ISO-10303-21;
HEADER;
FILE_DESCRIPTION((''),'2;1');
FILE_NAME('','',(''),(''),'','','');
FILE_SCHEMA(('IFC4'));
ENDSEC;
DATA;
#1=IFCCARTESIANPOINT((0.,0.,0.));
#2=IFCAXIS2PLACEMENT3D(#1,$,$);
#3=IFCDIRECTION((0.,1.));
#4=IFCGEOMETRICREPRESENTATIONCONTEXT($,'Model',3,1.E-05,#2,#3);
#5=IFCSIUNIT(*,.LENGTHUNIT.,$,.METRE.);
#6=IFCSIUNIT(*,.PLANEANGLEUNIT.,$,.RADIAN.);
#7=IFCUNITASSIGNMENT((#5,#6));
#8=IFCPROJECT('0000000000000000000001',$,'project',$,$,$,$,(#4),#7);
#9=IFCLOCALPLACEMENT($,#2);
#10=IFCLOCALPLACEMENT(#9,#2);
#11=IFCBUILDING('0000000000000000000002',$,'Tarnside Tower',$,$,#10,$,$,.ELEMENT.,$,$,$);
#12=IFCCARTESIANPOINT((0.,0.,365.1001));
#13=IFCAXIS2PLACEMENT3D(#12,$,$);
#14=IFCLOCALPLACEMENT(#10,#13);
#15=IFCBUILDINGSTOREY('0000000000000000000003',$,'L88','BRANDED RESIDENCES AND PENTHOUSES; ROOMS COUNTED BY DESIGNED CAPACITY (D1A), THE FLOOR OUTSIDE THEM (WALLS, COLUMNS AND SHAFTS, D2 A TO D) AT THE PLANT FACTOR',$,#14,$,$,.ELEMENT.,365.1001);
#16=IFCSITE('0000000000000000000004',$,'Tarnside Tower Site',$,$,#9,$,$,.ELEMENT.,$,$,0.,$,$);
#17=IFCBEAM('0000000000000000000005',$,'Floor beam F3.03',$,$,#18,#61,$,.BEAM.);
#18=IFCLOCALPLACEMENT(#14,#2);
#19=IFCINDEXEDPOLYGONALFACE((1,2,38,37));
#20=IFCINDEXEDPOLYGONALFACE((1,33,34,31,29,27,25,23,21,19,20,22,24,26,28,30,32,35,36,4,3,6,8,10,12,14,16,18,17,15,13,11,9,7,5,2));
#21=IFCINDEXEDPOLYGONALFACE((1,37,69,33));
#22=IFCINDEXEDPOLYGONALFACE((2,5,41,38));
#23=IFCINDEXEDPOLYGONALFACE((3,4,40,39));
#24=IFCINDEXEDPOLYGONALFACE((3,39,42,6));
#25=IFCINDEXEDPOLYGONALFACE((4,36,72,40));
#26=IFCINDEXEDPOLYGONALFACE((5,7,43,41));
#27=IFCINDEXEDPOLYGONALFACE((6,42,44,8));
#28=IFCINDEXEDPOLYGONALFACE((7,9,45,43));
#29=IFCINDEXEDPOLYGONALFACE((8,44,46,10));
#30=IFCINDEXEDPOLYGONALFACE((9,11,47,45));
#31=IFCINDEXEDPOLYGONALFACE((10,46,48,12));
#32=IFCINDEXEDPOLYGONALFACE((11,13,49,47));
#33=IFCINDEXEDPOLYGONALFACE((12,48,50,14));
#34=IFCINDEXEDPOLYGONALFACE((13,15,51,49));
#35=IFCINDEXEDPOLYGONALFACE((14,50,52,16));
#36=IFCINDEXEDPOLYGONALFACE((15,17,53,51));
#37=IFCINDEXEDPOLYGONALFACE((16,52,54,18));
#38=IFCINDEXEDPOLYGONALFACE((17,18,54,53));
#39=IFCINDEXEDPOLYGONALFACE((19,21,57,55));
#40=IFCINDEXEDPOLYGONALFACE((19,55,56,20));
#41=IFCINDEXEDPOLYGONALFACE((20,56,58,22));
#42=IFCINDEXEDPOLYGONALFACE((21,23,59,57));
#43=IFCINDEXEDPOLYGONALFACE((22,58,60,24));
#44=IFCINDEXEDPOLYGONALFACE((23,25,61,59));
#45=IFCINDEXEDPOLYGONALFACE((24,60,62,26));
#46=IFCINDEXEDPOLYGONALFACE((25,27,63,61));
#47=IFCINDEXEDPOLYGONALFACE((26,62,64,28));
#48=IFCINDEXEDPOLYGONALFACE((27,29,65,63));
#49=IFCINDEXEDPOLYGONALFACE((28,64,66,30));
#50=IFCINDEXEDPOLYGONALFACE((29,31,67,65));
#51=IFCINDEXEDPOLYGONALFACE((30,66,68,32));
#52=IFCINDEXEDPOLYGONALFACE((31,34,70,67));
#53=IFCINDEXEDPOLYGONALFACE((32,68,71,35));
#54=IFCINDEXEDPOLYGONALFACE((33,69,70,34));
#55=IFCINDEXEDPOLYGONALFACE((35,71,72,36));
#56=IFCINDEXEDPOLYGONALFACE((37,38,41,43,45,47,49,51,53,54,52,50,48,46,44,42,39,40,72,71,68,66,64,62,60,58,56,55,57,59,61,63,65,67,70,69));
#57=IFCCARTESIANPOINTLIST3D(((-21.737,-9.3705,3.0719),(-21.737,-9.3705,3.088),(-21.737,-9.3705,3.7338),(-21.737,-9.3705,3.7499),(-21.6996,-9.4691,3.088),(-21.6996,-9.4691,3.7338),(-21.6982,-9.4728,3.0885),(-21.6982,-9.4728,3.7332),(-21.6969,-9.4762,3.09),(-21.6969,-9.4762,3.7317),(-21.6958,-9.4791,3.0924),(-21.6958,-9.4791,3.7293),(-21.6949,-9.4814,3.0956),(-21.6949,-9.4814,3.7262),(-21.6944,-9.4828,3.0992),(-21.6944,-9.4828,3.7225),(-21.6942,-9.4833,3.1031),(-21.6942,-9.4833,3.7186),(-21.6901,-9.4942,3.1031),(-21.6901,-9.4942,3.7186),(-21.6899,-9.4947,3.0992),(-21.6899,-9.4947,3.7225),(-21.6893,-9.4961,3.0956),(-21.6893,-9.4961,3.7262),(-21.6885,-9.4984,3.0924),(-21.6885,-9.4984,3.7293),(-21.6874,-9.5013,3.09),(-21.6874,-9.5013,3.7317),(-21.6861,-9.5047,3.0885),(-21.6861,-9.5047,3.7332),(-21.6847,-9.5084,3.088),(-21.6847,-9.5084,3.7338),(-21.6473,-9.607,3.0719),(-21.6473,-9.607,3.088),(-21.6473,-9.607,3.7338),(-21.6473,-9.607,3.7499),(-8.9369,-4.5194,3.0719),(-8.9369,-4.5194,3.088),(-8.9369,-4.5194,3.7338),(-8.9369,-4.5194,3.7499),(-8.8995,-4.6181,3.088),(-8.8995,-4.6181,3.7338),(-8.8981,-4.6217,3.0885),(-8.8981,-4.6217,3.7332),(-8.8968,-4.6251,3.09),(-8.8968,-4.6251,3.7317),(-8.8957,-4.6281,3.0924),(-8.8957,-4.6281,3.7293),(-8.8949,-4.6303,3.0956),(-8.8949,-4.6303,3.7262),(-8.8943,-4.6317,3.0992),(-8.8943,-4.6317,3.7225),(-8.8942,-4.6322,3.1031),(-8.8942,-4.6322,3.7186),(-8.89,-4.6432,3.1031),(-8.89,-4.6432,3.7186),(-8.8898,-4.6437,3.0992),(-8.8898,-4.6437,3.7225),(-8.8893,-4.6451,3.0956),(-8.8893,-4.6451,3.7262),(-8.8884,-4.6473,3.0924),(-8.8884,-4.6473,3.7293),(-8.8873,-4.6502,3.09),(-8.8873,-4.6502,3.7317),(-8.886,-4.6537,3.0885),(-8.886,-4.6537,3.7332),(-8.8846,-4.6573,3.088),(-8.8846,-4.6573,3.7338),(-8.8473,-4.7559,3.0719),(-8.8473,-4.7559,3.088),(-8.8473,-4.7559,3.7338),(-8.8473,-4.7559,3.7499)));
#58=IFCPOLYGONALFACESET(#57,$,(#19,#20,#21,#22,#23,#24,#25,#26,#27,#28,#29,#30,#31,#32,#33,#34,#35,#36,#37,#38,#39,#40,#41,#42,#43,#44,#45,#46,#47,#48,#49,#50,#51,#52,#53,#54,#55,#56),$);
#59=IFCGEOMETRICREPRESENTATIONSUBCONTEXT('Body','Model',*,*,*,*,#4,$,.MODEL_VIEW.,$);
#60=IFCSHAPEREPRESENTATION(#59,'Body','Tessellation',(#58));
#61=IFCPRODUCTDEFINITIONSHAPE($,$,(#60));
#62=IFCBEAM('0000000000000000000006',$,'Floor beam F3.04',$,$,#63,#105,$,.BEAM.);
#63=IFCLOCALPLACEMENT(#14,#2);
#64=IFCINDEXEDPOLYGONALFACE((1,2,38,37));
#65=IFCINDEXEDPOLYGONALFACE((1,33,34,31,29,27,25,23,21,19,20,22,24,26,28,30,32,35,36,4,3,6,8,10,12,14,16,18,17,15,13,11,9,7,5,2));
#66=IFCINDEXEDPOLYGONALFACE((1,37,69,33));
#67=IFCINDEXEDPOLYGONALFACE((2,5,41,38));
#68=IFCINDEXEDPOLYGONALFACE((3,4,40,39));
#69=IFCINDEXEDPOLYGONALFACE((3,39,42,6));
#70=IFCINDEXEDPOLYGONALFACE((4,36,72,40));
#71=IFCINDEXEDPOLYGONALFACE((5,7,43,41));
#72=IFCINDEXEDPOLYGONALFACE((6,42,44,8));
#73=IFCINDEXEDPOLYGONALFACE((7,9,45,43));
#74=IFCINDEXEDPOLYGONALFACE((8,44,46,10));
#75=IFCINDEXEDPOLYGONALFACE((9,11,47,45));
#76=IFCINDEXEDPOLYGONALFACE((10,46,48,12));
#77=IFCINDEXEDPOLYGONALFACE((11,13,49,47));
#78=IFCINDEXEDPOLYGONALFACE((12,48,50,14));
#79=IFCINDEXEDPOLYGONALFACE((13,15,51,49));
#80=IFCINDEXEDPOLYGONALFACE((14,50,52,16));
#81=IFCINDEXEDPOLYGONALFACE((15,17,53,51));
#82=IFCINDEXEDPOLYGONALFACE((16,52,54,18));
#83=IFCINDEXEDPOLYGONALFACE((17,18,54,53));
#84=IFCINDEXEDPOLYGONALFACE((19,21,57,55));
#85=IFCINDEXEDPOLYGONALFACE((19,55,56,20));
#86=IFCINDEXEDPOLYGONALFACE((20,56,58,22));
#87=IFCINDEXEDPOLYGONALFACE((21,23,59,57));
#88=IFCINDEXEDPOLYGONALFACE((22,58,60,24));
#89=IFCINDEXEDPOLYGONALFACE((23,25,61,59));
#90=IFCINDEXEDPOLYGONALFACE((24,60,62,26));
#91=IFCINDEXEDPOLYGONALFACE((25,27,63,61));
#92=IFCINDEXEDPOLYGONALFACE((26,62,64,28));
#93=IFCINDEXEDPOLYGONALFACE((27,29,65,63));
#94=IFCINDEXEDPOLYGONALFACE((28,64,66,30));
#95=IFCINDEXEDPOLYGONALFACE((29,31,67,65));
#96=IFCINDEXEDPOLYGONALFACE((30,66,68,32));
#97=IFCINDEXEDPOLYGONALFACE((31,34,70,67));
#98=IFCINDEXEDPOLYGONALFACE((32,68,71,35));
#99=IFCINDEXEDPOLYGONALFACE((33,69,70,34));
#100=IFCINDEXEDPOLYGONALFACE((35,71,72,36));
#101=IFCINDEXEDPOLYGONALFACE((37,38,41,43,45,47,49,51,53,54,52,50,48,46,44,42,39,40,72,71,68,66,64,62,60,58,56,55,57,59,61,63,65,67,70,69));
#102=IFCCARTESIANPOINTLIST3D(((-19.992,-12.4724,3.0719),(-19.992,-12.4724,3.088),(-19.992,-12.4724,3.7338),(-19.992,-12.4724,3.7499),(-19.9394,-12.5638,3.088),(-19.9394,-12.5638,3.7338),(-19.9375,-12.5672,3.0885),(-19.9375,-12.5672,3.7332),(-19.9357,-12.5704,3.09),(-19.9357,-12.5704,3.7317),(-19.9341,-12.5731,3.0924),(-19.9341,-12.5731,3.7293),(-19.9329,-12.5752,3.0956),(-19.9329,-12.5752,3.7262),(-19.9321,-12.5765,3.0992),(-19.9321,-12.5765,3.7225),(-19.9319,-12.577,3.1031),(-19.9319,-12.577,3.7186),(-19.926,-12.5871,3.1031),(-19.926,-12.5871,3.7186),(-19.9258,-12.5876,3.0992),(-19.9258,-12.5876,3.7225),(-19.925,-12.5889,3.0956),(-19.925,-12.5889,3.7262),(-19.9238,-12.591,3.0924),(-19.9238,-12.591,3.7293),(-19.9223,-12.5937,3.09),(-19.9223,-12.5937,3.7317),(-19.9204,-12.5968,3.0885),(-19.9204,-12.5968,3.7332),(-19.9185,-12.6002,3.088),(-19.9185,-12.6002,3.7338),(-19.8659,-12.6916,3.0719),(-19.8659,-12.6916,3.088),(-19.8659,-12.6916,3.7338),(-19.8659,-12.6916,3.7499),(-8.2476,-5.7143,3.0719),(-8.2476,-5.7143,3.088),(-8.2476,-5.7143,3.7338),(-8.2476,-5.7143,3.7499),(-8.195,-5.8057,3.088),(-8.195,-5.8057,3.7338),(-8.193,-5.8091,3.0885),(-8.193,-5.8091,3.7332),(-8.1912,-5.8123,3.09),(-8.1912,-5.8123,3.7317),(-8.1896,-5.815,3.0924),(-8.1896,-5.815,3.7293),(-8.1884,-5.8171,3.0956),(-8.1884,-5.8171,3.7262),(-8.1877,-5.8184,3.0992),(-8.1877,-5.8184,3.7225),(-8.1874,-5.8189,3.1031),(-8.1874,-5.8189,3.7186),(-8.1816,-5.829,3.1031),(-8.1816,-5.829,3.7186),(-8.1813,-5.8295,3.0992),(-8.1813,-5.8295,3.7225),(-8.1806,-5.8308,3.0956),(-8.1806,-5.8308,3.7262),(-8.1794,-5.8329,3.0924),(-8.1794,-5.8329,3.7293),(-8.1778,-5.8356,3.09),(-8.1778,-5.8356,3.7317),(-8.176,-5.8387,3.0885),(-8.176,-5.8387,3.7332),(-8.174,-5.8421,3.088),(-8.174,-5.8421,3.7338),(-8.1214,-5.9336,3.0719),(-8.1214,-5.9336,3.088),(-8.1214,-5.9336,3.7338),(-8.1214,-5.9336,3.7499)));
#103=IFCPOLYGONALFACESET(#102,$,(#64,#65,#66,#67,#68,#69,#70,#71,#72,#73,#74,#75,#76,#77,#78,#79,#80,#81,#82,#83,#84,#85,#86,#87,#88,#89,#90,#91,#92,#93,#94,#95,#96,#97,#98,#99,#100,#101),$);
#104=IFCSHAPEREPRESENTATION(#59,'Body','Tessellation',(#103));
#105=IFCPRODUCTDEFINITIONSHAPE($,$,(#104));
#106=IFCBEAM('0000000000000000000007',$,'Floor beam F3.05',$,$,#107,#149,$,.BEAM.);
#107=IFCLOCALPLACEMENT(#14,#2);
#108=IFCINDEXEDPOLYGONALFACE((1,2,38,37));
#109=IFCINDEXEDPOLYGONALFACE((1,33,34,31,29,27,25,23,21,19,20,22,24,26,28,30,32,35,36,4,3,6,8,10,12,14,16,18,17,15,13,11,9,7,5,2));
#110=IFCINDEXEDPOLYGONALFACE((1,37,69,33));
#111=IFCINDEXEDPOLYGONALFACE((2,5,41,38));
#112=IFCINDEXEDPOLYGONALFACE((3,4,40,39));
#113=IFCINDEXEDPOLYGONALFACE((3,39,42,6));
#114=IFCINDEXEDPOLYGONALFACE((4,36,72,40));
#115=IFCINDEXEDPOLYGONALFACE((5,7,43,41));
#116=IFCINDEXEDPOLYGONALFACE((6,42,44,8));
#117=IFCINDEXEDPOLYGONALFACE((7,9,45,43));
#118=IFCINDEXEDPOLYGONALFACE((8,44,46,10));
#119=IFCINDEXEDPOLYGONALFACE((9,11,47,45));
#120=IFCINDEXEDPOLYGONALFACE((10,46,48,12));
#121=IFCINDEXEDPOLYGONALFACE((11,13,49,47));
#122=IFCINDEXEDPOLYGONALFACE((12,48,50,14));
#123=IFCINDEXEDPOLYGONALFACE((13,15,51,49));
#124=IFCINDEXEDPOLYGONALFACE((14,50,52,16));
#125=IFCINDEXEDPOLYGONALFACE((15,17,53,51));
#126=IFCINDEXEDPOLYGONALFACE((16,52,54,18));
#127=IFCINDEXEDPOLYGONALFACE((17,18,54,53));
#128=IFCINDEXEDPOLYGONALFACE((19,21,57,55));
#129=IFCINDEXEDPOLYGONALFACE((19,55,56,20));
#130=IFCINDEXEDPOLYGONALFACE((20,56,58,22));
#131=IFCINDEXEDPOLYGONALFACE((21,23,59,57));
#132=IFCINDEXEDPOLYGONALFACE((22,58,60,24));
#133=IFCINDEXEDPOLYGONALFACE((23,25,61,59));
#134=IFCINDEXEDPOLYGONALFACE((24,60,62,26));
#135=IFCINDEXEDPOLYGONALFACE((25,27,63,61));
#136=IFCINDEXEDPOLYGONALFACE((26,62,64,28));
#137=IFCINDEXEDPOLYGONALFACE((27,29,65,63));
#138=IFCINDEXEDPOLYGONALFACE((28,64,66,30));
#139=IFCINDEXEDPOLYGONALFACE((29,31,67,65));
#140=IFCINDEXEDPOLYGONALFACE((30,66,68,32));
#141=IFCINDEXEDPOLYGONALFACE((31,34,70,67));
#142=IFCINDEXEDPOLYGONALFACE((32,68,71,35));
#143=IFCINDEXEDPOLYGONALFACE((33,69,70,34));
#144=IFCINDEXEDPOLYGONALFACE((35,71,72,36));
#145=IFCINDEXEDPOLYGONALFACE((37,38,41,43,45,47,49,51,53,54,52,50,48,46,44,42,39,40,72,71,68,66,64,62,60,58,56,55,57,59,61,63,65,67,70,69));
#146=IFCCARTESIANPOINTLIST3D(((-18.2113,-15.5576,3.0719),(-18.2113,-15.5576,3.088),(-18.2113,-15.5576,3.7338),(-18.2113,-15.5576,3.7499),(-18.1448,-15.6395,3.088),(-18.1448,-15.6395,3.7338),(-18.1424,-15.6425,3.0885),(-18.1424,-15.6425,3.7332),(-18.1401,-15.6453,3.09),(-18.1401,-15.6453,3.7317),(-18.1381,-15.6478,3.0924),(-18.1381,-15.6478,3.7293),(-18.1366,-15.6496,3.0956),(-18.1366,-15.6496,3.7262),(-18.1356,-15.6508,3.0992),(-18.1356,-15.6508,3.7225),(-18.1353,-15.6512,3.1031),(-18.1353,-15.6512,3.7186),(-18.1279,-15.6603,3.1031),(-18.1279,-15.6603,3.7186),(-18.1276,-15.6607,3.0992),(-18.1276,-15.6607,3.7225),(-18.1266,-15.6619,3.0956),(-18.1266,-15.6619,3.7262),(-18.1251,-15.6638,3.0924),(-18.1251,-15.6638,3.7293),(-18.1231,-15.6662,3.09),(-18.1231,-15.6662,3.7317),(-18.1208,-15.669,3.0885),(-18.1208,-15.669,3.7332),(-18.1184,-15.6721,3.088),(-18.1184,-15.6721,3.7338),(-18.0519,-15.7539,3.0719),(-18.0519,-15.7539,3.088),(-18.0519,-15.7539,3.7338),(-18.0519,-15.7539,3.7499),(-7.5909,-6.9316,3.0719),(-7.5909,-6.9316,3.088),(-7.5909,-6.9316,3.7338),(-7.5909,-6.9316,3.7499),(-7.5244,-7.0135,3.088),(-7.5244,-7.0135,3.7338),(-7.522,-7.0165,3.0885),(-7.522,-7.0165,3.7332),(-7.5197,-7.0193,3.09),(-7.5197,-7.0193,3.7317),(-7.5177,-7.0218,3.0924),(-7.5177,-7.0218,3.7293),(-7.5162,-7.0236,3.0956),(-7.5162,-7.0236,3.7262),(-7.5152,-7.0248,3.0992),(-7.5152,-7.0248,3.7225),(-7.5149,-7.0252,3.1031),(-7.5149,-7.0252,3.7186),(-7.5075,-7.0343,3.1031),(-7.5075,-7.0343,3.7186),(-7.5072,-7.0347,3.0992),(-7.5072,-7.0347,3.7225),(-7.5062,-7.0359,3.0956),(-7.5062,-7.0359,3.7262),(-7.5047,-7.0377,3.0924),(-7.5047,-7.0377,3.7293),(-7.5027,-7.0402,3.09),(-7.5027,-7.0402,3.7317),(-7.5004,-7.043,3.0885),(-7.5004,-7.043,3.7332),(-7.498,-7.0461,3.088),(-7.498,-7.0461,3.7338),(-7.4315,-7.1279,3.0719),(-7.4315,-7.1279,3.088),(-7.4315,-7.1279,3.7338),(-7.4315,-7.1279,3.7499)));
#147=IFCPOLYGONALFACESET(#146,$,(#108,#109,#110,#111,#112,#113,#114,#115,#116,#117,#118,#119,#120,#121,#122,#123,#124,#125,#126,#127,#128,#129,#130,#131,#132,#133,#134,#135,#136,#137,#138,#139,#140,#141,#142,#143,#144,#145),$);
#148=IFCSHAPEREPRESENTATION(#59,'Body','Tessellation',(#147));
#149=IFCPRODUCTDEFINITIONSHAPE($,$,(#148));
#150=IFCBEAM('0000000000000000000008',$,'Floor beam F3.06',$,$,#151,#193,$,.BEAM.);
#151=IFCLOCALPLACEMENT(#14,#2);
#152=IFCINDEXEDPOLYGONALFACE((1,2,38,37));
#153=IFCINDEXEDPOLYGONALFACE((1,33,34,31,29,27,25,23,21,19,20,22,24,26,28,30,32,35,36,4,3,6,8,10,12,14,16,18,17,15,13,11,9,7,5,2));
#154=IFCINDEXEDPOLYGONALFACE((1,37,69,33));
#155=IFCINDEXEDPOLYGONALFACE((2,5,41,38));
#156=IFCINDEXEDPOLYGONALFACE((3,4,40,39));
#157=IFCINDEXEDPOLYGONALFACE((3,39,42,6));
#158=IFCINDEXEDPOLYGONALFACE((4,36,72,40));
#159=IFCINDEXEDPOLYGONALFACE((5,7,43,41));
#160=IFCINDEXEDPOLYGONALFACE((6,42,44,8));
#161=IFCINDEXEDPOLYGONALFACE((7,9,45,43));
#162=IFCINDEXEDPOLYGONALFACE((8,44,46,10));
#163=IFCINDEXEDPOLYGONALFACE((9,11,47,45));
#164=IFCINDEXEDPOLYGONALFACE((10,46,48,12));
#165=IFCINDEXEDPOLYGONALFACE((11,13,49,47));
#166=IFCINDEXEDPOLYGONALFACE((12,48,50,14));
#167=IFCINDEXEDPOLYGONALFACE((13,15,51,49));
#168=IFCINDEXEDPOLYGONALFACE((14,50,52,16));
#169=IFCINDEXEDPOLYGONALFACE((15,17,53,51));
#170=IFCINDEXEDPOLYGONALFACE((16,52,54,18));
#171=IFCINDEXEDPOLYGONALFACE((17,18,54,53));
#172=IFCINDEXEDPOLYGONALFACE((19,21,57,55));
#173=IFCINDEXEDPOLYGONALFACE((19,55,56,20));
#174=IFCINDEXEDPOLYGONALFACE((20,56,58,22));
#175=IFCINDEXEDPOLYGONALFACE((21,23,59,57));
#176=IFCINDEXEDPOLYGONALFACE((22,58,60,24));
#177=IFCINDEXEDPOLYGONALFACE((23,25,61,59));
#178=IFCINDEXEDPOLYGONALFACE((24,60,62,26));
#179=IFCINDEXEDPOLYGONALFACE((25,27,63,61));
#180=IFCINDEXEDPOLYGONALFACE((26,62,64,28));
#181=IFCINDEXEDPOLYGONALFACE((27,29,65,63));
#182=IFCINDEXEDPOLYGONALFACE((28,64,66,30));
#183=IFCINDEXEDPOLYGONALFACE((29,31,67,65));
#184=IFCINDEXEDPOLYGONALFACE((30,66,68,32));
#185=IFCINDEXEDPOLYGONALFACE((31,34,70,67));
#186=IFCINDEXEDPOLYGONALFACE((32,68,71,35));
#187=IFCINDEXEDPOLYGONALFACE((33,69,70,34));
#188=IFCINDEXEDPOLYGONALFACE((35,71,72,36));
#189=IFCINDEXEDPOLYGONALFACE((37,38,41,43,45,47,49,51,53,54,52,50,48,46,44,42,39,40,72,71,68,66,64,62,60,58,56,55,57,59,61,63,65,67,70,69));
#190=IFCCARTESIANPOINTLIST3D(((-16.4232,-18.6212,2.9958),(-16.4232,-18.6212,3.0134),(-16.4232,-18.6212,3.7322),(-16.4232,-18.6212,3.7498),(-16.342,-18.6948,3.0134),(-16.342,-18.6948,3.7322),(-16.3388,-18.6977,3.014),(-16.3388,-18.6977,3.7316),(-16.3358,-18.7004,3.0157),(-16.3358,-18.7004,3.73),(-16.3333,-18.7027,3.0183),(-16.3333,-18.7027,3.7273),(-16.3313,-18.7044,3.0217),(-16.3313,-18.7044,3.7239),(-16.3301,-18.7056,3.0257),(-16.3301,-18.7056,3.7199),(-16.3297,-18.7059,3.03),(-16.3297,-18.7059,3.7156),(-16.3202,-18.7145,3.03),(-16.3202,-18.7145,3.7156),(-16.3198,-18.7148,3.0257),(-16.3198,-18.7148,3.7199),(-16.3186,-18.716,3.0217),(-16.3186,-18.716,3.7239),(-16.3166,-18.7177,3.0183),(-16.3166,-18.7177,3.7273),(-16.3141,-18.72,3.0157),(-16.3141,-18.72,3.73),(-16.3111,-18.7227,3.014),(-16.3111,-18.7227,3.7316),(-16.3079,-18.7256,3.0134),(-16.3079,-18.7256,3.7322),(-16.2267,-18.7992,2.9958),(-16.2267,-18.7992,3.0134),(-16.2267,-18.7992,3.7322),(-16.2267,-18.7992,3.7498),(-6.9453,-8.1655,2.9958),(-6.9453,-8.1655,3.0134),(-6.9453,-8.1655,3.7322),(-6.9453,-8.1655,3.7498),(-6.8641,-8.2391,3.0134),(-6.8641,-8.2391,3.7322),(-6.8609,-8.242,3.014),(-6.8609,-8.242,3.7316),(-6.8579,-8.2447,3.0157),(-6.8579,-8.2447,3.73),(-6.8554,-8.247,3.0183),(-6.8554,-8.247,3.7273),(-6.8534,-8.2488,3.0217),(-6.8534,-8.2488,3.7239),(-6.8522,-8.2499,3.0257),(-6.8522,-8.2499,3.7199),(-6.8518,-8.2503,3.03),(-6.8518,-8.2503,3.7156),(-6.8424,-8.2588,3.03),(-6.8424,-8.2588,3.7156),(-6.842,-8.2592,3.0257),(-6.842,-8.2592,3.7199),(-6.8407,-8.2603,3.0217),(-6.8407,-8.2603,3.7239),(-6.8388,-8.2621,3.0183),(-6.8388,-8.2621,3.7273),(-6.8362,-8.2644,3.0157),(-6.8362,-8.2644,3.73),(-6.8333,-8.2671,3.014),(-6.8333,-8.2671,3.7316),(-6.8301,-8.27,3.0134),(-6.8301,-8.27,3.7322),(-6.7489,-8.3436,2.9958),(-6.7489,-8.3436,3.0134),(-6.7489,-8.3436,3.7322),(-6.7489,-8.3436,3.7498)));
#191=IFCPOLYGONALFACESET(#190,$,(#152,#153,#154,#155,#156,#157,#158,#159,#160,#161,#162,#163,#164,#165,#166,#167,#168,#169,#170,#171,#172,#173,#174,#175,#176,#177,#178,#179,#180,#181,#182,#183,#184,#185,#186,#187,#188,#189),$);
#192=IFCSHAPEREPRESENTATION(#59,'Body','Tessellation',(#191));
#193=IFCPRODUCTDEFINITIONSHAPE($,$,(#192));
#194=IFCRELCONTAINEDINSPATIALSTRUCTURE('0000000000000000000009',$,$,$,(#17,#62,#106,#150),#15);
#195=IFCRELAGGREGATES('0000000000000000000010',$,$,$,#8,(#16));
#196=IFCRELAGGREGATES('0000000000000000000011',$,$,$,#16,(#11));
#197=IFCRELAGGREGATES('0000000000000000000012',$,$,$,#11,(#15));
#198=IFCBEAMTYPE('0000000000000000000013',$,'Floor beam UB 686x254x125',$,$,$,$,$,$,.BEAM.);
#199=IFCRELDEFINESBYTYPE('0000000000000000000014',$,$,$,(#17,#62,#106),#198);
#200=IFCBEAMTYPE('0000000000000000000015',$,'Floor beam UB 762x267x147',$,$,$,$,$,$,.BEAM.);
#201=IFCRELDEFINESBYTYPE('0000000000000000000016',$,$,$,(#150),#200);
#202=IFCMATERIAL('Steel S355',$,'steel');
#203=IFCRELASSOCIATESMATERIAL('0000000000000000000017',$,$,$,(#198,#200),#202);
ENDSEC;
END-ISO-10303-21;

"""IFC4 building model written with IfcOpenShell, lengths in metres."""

from ifc_helpers import new_model, si_unit, direction, frame, origin, origin_2d, place, context, subcontext, project, spatial, i_section, extrude, material, material_profile, profile_set, type_object, element, save


model = new_model("IFC4")

# Units and contexts
model_context = context("Model", 3, precision=1e-05, world=origin(), true_north=direction((0.0, 1.0)))
body_context = subcontext(model_context, "Body", "Model", "MODEL_VIEW")
ifc_project = project(units=[si_unit("LENGTHUNIT", "METRE"), si_unit("PLANEANGLEUNIT", "RADIAN")], contexts=[model_context])

# Site, building, storey
site_placement = place(None, origin())
site = spatial("IfcSite", under=ifc_project, at=site_placement, Name="Tarnside Tower Site", CompositionType="ELEMENT", RefElevation=0.0)
building_placement = place(site_placement, origin())
building = spatial("IfcBuilding", under=site, at=building_placement, Name="Tarnside Tower", CompositionType="ELEMENT")
storey_placement = place(building_placement, frame((0.0, 0.0, 365.1001)))
storey = spatial("IfcBuildingStorey", under=building, at=storey_placement, Name="L88", Description="BRANDED RESIDENCES AND PENTHOUSES; ROOMS COUNTED BY DESIGNED CAPACITY (D1A), THE FLOOR OUTSIDE THEM (WALLS, COLUMNS AND SHAFTS, D2 A TO D) AT THE PLANT FACTOR", CompositionType="ELEMENT", Elevation=365.1001)

# Beams
ifc_material_1 = material(Name="Steel S355", Category="steel")
ifc_material_profile_1 = material_profile(ifc_material_1, i_section(OverallWidth=0.2529, OverallDepth=0.678, WebThickness=0.0117, FlangeThickness=0.0161, FilletRadius=0.0151, at=origin_2d()), Name="UB 686x254x125")
ifc_profile_set_1 = profile_set([ifc_material_profile_1], Name="Steel S355")
beam_type_1 = type_object("IfcBeamType", Name="Floor beam UB 686x254x125", PredefinedType="BEAM", material=ifc_profile_set_1)
beam_1_placement = place(storey_placement, frame((-21.6921, -9.4888, 3.4109), z_axis=(0.935097, 0.354391, 0.0), x_axis=(-0.354391, 0.935097, 0.0)))
element("IfcBeam", 1, at=beam_1_placement, inside=storey, type_object=beam_type_1, Name="Floor beam F3.03", PredefinedType="BEAM", context=body_context, shape_type="SweptSolid", body=[
    extrude(i_section(OverallWidth=0.2529, OverallDepth=0.678, WebThickness=0.0117, FlangeThickness=0.0161, FilletRadius=0.0151, at=origin_2d()), origin(), (0.0, 0.0, 1.0), 13.6885),
])
beam_2_placement = place(storey_placement, frame((-19.929, -12.582, 3.4109), z_axis=(0.866746, 0.49875, 0.0), x_axis=(-0.49875, 0.866746, 0.0)))
element("IfcBeam", 2, at=beam_2_placement, inside=storey, type_object=beam_type_1, Name="Floor beam F3.04", PredefinedType="BEAM", context=body_context, shape_type="SweptSolid", body=[
    extrude(i_section(OverallWidth=0.2529, OverallDepth=0.678, WebThickness=0.0117, FlangeThickness=0.0161, FilletRadius=0.0151, at=origin_2d()), origin(), (0.0, 0.0, 1.0), 13.55),
])
beam_3_placement = place(storey_placement, frame((-18.1316, -15.6558, 3.4109), z_axis=(0.776224, 0.630458, 0.0), x_axis=(-0.630458, 0.776224, 0.0)))
element("IfcBeam", 3, at=beam_3_placement, inside=storey, type_object=beam_type_1, Name="Floor beam F3.05", PredefinedType="BEAM", context=body_context, shape_type="SweptSolid", body=[
    extrude(i_section(OverallWidth=0.2529, OverallDepth=0.678, WebThickness=0.0117, FlangeThickness=0.0161, FilletRadius=0.0151, at=origin_2d()), origin(), (0.0, 0.0, 1.0), 13.6821),
])
ifc_material_profile_2 = material_profile(ifc_material_1, i_section(OverallWidth=0.2651, OverallDepth=0.7539, WebThickness=0.0127, FlangeThickness=0.0176, FilletRadius=0.0166, at=origin_2d()), Name="UB 762x267x147")
ifc_profile_set_2 = profile_set([ifc_material_profile_2], Name="Steel S355")
beam_type_2 = type_object("IfcBeamType", Name="Floor beam UB 762x267x147", PredefinedType="BEAM", material=ifc_profile_set_2)
beam_4_placement = place(storey_placement, frame((-16.325, -18.7102, 3.3728), z_axis=(0.671614, 0.740901, 0.0), x_axis=(-0.740901, 0.671614, 0.0)))
element("IfcBeam", 4, at=beam_4_placement, inside=storey, type_object=beam_type_2, Name="Floor beam F3.06", PredefinedType="BEAM", context=body_context, shape_type="SweptSolid", body=[
    extrude(i_section(OverallWidth=0.2651, OverallDepth=0.7539, WebThickness=0.0127, FlangeThickness=0.0176, FilletRadius=0.0166, at=origin_2d()), origin(), (0.0, 0.0, 1.0), 14.1121),
])

save(model, "model.ifc")
